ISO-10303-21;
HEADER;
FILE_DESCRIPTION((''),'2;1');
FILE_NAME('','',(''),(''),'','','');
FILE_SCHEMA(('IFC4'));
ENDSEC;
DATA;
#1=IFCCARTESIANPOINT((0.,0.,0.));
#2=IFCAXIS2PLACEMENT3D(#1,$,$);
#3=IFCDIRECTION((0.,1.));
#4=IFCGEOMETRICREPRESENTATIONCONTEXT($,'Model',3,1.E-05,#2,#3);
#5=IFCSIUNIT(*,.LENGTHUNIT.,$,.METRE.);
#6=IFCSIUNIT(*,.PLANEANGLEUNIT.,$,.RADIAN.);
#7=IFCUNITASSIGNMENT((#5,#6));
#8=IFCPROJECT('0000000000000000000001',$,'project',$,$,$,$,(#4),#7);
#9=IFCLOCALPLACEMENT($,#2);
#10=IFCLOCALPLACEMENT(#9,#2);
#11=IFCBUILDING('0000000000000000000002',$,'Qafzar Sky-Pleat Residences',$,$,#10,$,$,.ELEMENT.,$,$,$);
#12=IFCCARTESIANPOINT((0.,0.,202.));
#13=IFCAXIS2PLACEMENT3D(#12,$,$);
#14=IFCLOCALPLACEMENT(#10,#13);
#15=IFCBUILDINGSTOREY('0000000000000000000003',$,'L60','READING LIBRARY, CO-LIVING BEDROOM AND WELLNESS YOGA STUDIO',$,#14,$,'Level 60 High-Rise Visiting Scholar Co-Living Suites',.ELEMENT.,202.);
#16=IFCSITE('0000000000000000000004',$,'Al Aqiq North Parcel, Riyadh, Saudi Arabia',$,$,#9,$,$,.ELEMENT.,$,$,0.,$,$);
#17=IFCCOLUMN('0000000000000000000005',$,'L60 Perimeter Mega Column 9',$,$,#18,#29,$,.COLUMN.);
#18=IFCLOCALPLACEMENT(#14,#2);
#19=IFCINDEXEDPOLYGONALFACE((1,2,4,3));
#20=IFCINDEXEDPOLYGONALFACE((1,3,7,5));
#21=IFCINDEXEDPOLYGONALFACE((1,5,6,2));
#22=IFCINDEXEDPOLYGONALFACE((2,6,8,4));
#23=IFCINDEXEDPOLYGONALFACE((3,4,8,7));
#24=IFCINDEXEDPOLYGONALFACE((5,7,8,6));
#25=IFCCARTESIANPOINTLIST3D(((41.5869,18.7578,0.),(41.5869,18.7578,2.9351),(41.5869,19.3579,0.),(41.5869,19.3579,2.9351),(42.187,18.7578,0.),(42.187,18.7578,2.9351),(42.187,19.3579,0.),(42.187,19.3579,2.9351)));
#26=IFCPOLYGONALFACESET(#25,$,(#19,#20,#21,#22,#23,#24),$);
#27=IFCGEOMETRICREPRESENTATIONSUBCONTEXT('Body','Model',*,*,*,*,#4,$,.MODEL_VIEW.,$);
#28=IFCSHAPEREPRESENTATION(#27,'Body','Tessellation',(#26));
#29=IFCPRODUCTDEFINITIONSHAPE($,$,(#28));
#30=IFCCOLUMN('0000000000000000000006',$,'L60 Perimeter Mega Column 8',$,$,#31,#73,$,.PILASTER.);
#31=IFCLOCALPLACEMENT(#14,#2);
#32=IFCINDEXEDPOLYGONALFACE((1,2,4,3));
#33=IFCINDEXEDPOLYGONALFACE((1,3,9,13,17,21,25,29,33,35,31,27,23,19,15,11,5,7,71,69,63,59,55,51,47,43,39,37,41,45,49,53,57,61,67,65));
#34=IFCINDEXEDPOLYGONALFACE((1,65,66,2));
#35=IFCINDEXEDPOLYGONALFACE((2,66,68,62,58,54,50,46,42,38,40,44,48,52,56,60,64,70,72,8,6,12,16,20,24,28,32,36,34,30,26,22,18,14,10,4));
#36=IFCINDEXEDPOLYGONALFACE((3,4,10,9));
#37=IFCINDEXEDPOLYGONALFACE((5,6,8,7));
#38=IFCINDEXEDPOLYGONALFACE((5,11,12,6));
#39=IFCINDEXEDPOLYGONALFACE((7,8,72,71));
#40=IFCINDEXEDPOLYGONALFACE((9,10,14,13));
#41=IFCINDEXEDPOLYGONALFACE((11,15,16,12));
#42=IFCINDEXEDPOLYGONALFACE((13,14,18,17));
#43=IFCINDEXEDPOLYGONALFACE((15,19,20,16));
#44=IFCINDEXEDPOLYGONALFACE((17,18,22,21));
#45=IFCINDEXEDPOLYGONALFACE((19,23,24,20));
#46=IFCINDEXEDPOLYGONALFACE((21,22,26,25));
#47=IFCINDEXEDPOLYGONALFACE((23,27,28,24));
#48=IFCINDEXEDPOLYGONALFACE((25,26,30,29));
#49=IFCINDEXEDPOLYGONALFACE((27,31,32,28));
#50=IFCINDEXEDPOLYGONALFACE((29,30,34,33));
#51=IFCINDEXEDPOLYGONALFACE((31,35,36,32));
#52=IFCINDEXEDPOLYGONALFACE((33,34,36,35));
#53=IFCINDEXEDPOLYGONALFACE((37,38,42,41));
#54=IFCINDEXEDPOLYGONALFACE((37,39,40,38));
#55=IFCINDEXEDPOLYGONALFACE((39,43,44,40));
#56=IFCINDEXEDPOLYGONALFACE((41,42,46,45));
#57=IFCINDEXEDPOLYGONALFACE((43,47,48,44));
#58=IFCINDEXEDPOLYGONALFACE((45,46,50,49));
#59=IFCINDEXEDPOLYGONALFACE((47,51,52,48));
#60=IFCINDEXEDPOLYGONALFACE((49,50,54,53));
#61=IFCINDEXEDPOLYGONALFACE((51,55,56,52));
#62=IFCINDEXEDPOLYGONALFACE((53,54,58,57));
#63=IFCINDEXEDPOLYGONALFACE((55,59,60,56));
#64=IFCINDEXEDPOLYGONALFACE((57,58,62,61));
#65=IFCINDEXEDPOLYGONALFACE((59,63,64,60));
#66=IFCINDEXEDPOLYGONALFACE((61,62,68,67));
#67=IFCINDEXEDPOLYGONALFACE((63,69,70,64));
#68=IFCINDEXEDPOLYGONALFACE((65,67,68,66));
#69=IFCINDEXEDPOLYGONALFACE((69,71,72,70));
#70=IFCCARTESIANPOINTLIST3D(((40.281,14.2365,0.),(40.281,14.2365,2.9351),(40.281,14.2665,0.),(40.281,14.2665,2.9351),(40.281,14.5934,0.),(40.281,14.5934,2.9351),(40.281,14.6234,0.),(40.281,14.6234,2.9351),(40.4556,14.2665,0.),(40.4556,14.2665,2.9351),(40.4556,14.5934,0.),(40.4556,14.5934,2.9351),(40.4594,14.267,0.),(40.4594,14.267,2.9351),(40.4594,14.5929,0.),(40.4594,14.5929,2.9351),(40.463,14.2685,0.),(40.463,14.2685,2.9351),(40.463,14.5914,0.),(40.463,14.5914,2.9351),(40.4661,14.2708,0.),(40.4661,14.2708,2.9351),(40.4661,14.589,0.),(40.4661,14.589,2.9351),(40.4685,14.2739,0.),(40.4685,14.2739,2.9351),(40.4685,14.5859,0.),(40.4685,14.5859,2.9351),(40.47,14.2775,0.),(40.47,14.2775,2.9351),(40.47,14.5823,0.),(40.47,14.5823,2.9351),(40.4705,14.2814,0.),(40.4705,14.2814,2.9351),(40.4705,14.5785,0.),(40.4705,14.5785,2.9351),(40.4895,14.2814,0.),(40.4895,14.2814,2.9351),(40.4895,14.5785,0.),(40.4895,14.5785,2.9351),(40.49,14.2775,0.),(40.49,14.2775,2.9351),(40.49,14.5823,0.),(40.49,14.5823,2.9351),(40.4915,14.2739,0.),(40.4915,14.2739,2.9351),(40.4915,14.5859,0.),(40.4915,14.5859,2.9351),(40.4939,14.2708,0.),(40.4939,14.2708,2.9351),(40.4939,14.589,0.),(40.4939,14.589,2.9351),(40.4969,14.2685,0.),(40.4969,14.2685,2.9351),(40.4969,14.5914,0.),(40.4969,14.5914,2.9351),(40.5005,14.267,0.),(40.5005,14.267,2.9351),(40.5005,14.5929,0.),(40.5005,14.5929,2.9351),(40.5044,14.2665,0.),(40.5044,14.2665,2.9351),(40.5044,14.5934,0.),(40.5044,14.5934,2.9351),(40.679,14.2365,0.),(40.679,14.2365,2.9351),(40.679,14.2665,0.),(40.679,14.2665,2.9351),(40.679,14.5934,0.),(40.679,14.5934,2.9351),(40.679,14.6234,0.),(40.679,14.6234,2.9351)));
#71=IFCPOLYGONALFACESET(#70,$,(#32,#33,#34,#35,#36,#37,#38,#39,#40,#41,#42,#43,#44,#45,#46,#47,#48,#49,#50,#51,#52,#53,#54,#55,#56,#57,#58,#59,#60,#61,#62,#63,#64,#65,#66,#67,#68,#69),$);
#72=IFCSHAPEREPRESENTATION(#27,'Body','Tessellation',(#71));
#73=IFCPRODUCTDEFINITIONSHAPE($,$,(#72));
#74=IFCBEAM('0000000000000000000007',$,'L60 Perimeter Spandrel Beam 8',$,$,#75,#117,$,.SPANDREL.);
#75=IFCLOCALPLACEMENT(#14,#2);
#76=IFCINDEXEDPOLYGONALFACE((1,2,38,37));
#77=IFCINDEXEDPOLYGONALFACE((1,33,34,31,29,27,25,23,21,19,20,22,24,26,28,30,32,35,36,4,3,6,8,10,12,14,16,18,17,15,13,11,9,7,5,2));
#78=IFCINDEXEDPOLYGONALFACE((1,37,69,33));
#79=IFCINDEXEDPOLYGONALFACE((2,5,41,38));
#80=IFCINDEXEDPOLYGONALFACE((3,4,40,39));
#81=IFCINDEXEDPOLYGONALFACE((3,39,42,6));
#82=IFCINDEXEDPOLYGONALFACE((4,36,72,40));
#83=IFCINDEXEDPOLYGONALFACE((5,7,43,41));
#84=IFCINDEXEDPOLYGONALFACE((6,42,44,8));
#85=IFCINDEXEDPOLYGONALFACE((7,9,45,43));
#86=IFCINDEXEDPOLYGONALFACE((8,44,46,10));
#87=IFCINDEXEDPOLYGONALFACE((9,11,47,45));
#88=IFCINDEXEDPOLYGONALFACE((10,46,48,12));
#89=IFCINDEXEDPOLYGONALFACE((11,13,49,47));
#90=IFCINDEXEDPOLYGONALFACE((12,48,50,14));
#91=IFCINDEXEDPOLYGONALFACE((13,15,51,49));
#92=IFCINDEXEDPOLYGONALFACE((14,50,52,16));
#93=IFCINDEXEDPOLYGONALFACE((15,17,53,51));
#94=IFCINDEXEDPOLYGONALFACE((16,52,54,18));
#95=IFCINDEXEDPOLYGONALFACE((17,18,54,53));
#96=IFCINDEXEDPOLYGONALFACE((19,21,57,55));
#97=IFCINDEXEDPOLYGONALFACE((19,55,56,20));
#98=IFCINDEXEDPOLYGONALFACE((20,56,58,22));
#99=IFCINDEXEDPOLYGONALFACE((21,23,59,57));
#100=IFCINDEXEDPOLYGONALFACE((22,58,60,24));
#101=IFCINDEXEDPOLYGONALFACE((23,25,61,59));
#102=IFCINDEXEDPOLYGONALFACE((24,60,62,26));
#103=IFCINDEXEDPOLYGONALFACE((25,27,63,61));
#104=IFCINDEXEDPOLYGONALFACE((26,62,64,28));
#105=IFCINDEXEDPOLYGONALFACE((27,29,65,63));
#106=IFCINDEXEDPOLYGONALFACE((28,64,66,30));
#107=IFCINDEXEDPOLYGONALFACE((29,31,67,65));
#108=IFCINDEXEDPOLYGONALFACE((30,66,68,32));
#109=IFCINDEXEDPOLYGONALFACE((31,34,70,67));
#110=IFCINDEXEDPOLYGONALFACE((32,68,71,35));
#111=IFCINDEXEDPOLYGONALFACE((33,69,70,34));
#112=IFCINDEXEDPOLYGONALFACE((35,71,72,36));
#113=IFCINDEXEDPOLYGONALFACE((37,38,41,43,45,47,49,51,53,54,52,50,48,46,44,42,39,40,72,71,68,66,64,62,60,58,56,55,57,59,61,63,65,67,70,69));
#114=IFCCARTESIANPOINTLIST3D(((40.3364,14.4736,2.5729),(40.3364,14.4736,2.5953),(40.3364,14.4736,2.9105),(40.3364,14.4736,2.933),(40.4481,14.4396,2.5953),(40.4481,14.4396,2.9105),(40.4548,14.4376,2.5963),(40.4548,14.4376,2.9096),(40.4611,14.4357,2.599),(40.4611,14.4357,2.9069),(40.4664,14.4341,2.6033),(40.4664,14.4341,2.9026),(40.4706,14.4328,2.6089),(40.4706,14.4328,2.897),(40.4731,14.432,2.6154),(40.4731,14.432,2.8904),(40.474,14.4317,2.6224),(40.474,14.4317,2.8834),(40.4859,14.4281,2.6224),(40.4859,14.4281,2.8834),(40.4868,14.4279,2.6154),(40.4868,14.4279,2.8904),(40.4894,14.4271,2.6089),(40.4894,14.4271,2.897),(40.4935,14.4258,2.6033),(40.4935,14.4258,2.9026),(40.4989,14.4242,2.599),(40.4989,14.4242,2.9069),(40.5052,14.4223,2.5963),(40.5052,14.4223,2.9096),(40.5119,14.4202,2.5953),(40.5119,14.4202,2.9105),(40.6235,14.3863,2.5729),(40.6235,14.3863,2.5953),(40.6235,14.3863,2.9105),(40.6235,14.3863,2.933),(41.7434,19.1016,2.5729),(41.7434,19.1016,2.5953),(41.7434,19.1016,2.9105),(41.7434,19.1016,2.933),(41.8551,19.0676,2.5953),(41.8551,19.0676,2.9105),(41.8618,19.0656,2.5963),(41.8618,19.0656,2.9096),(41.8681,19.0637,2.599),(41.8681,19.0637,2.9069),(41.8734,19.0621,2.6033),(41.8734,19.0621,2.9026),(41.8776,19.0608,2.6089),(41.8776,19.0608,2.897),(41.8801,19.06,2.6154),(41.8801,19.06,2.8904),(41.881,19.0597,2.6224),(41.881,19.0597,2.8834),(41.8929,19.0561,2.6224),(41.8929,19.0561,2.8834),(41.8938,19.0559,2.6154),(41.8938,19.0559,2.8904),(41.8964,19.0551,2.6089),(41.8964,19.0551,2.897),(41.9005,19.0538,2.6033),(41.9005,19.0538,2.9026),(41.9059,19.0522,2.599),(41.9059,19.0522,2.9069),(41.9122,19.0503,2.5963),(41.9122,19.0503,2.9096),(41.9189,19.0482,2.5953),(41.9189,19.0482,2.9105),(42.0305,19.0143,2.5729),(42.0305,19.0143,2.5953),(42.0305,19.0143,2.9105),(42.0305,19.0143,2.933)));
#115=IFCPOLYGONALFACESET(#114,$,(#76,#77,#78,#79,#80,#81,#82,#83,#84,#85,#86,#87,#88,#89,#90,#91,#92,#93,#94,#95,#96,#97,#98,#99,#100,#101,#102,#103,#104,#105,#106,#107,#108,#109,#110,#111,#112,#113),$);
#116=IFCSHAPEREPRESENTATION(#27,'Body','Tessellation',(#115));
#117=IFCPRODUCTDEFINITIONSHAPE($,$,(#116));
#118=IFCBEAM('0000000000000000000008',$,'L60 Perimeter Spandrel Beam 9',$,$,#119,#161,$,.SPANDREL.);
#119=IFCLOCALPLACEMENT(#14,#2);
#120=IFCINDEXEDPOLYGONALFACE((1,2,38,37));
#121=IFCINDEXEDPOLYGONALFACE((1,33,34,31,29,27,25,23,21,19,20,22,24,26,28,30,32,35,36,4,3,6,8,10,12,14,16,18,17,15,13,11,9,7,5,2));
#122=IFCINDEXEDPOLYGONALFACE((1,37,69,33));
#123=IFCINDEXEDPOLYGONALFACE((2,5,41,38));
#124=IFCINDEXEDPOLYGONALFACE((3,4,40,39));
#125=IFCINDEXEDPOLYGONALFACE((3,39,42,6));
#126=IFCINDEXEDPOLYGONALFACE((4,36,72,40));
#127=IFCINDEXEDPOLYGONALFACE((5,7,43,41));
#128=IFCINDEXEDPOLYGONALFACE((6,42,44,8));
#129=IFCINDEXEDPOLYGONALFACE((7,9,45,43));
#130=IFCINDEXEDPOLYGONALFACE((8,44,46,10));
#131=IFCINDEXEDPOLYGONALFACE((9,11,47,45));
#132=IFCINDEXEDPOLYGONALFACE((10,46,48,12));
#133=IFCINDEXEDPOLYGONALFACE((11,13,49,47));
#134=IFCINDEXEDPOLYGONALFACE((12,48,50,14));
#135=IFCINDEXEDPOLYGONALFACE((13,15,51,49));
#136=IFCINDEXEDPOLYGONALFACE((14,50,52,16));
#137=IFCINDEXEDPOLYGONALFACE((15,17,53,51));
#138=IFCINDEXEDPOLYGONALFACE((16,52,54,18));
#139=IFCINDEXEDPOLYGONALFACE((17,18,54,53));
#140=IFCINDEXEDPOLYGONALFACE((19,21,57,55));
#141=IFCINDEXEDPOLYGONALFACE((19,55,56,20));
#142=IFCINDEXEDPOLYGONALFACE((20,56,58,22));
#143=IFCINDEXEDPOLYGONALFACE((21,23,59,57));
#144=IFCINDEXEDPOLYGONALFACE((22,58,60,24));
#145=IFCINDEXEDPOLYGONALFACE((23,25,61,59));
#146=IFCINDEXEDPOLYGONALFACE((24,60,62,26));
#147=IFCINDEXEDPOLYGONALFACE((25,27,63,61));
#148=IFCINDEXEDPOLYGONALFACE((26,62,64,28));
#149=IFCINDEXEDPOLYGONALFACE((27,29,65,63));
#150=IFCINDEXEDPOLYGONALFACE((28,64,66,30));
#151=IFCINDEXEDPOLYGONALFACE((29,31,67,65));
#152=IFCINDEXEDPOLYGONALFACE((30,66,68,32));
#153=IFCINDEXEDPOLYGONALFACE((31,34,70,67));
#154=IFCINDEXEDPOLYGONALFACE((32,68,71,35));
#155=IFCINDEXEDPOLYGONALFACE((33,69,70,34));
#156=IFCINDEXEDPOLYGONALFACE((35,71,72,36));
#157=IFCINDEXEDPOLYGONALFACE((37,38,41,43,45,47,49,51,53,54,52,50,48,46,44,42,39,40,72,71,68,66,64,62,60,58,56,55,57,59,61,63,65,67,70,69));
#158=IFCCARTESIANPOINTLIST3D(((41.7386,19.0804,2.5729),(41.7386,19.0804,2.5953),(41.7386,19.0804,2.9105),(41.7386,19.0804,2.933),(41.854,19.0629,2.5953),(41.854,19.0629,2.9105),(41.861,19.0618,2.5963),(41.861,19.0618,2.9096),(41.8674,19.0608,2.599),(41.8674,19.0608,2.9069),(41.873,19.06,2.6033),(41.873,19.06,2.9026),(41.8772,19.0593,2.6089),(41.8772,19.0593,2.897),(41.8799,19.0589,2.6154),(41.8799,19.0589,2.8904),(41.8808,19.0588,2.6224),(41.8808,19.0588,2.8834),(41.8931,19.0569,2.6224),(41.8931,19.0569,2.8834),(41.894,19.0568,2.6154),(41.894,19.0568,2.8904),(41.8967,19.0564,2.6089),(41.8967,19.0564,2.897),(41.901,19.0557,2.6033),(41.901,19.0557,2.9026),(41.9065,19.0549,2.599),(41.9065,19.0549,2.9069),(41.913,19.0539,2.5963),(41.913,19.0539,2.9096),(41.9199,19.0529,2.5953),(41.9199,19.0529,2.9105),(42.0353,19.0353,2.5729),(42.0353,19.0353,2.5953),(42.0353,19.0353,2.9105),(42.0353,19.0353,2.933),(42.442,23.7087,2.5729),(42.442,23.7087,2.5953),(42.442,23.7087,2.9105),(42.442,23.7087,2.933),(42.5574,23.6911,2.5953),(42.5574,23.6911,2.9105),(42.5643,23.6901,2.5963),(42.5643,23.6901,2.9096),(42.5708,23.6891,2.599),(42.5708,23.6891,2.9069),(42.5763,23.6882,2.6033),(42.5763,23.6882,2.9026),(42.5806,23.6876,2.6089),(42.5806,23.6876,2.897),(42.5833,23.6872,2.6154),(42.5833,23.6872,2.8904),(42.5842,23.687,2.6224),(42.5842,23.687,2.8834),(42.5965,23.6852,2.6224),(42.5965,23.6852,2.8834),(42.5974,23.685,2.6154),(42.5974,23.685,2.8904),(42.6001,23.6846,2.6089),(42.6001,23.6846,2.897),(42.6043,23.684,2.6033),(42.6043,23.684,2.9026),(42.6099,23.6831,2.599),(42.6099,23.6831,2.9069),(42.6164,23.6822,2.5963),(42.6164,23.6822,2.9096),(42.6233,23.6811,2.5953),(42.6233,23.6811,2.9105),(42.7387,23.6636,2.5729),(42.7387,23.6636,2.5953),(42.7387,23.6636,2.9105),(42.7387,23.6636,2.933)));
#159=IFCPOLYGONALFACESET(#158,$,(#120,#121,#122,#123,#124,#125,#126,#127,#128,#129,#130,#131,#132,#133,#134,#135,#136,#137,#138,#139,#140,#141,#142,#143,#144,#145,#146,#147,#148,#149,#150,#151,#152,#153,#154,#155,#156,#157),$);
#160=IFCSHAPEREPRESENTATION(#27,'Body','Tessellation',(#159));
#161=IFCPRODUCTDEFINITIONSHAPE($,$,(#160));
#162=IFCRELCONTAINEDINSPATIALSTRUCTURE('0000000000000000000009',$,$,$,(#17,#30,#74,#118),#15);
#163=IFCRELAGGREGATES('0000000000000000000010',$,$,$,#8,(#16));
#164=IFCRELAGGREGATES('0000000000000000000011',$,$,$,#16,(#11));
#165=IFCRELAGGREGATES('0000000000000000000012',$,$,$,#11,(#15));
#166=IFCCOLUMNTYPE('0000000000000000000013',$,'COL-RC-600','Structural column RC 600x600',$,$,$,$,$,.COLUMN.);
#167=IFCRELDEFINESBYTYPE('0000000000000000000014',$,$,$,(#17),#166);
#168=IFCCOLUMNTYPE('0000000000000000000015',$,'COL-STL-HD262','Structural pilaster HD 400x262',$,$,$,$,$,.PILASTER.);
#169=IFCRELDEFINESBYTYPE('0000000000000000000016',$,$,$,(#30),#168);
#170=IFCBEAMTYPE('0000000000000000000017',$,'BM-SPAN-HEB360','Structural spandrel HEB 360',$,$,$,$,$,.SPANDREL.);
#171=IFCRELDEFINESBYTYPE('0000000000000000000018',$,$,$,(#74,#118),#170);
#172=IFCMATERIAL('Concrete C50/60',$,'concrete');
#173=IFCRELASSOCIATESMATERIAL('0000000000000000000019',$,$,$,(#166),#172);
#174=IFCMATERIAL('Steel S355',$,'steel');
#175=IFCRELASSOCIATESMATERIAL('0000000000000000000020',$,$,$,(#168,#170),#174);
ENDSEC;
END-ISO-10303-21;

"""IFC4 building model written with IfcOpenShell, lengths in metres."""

from ifc_helpers import new_model, si_unit, direction, frame, origin, origin_2d, place, context, subcontext, project, spatial, rectangle, i_section, extrude, source, transform, mapped, material, material_profile, profile_set, type_object, element, save


model = new_model("IFC4")

# Units and contexts
model_context = context("Model", 3, precision=1e-05, world=origin(), true_north=direction((0.0, 1.0)))
body_context = subcontext(model_context, "Body", "Model", "MODEL_VIEW")
ifc_project = project(units=[si_unit("LENGTHUNIT", "METRE"), si_unit("PLANEANGLEUNIT", "RADIAN")], contexts=[model_context])

# Site, building, storey
site_placement = place(None, origin())
site = spatial("IfcSite", under=ifc_project, at=site_placement, Name="Al Aqiq North Parcel, Riyadh, Saudi Arabia", CompositionType="ELEMENT", RefElevation=0.0)
building_placement = place(site_placement, origin())
building = spatial("IfcBuilding", under=site, at=building_placement, Name="Qafzar Sky-Pleat Residences", CompositionType="ELEMENT")
storey_placement = place(building_placement, frame((0.0, 0.0, 202.0)))
storey = spatial("IfcBuildingStorey", under=building, at=storey_placement, Name="L60", Description="READING LIBRARY, CO-LIVING BEDROOM AND WELLNESS YOGA STUDIO", LongName="Level 60 High-Rise Visiting Scholar Co-Living Suites", CompositionType="ELEMENT", Elevation=202.0)

# Columns
ifc_material_1 = material(Name="Concrete C50/60", Category="concrete")
ifc_material_profile_1 = material_profile(ifc_material_1, rectangle(XDim=0.6001, YDim=0.6001, at=origin_2d()), Name="RC 600x600")
ifc_profile_set_1 = profile_set([ifc_material_profile_1], Name="Concrete C50/60")
column_type_1 = type_object("IfcColumnType", Name="COL-RC-600", Description="Structural column RC 600x600", PredefinedType="COLUMN", material=ifc_profile_set_1)
shared_shape_1 = source(origin(), body_context, "Body", "SweptSolid", [
    extrude(rectangle(XDim=0.6001, YDim=0.6001, at=origin_2d()), origin(), (0.0, 0.0, 1.0), 2.9351),
])
column_1_placement = place(storey_placement, frame((41.887, 19.0579, 0.0), z_axis=(0.0, 0.0, 1.0), x_axis=(1.0, 0.0, 0.0)))
element("IfcColumn", 1, at=column_1_placement, inside=storey, type_object=column_type_1, Name="L60 Perimeter Mega Column 9", PredefinedType="COLUMN", context=body_context, shape_type="MappedRepresentation", body=[
    mapped(shared_shape_1, transform((0.0, 0.0, 0.0), x_axis=(1.0, 0.0, 0.0), y_axis=(0.0, 1.0, 0.0), z_axis=(0.0, 0.0, 1.0), scale=1.0)),
])
ifc_material_2 = material(Name="Steel S355", Category="steel")
ifc_material_profile_2 = material_profile(ifc_material_2, i_section(OverallWidth=0.3979, OverallDepth=0.387, WebThickness=0.019, FlangeThickness=0.03, FilletRadius=0.0149, at=origin_2d()), Name="HD 400x262")
ifc_profile_set_2 = profile_set([ifc_material_profile_2], Name="Steel S355")
column_type_2 = type_object("IfcColumnType", Name="COL-STL-HD262", Description="Structural pilaster HD 400x262", PredefinedType="PILASTER", material=ifc_profile_set_2)
shared_shape_2 = source(origin(), body_context, "Body", "SweptSolid", [
    extrude(i_section(OverallWidth=0.3979, OverallDepth=0.387, WebThickness=0.019, FlangeThickness=0.03, FilletRadius=0.0149, at=origin_2d()), origin(), (0.0, 0.0, 1.0), 2.9351),
])
column_2_placement = place(storey_placement, frame((40.48, 14.4299, 0.0), z_axis=(0.0, 0.0, 1.0), x_axis=(1.0, 0.0, 0.0)))
element("IfcColumn", 2, at=column_2_placement, inside=storey, type_object=column_type_2, Name="L60 Perimeter Mega Column 8", PredefinedType="PILASTER", context=body_context, shape_type="MappedRepresentation", body=[
    mapped(shared_shape_2, transform((0.0, 0.0, 0.0), x_axis=(1.0, 0.0, 0.0), y_axis=(0.0, 1.0, 0.0), z_axis=(0.0, 0.0, 1.0), scale=1.0)),
])

# Beams
ifc_material_profile_3 = material_profile(ifc_material_2, i_section(OverallWidth=0.3, OverallDepth=0.3601, WebThickness=0.0125, FlangeThickness=0.0225, FilletRadius=0.0271, at=origin_2d()), Name="HEB 360")
ifc_profile_set_3 = profile_set([ifc_material_profile_3], Name="Steel S355")
beam_type_1 = type_object("IfcBeamType", Name="BM-SPAN-HEB360", Description="Structural spandrel HEB 360", PredefinedType="SPANDREL", material=ifc_profile_set_3)
shared_shape_3 = source(origin(), body_context, "Body", "SweptSolid", [
    extrude(i_section(OverallWidth=0.3, OverallDepth=0.3601, WebThickness=0.0125, FlangeThickness=0.0225, FilletRadius=0.0271, at=origin_2d()), origin(), (0.0, 0.0, 1.0), 4.8372),
])
beam_1_placement = place(storey_placement, frame((40.48, 14.4299, 2.7529), z_axis=(0.290874, 0.956761, 0.0), x_axis=(-0.956761, 0.290874, 0.0)))
element("IfcBeam", 3, at=beam_1_placement, inside=storey, type_object=beam_type_1, Name="L60 Perimeter Spandrel Beam 8", PredefinedType="SPANDREL", context=body_context, shape_type="MappedRepresentation", body=[
    mapped(shared_shape_3, transform((0.0, 0.0, 0.0), x_axis=(1.0, 0.0, 0.0), y_axis=(0.0, 1.0, 0.0), z_axis=(0.0, 0.0, 1.0), scale=1.0)),
])
shared_shape_4 = source(origin(), body_context, "Body", "SweptSolid", [
    extrude(i_section(OverallWidth=0.3, OverallDepth=0.3601, WebThickness=0.0125, FlangeThickness=0.0225, FilletRadius=0.0271, at=origin_2d()), origin(), (0.0, 0.0, 1.0), 4.6814),
])
beam_2_placement = place(storey_placement, frame((41.887, 19.0579, 2.7529), z_axis=(0.15025, 0.988648, 0.0), x_axis=(-0.988648, 0.15025, 0.0)))
element("IfcBeam", 4, at=beam_2_placement, inside=storey, type_object=beam_type_1, Name="L60 Perimeter Spandrel Beam 9", PredefinedType="SPANDREL", context=body_context, shape_type="MappedRepresentation", body=[
    mapped(shared_shape_4, transform((0.0, 0.0, 0.0), x_axis=(1.0, 0.0, 0.0), y_axis=(0.0, 1.0, 0.0), z_axis=(0.0, 0.0, 1.0), scale=1.0)),
])

save(model, "model.ifc")
